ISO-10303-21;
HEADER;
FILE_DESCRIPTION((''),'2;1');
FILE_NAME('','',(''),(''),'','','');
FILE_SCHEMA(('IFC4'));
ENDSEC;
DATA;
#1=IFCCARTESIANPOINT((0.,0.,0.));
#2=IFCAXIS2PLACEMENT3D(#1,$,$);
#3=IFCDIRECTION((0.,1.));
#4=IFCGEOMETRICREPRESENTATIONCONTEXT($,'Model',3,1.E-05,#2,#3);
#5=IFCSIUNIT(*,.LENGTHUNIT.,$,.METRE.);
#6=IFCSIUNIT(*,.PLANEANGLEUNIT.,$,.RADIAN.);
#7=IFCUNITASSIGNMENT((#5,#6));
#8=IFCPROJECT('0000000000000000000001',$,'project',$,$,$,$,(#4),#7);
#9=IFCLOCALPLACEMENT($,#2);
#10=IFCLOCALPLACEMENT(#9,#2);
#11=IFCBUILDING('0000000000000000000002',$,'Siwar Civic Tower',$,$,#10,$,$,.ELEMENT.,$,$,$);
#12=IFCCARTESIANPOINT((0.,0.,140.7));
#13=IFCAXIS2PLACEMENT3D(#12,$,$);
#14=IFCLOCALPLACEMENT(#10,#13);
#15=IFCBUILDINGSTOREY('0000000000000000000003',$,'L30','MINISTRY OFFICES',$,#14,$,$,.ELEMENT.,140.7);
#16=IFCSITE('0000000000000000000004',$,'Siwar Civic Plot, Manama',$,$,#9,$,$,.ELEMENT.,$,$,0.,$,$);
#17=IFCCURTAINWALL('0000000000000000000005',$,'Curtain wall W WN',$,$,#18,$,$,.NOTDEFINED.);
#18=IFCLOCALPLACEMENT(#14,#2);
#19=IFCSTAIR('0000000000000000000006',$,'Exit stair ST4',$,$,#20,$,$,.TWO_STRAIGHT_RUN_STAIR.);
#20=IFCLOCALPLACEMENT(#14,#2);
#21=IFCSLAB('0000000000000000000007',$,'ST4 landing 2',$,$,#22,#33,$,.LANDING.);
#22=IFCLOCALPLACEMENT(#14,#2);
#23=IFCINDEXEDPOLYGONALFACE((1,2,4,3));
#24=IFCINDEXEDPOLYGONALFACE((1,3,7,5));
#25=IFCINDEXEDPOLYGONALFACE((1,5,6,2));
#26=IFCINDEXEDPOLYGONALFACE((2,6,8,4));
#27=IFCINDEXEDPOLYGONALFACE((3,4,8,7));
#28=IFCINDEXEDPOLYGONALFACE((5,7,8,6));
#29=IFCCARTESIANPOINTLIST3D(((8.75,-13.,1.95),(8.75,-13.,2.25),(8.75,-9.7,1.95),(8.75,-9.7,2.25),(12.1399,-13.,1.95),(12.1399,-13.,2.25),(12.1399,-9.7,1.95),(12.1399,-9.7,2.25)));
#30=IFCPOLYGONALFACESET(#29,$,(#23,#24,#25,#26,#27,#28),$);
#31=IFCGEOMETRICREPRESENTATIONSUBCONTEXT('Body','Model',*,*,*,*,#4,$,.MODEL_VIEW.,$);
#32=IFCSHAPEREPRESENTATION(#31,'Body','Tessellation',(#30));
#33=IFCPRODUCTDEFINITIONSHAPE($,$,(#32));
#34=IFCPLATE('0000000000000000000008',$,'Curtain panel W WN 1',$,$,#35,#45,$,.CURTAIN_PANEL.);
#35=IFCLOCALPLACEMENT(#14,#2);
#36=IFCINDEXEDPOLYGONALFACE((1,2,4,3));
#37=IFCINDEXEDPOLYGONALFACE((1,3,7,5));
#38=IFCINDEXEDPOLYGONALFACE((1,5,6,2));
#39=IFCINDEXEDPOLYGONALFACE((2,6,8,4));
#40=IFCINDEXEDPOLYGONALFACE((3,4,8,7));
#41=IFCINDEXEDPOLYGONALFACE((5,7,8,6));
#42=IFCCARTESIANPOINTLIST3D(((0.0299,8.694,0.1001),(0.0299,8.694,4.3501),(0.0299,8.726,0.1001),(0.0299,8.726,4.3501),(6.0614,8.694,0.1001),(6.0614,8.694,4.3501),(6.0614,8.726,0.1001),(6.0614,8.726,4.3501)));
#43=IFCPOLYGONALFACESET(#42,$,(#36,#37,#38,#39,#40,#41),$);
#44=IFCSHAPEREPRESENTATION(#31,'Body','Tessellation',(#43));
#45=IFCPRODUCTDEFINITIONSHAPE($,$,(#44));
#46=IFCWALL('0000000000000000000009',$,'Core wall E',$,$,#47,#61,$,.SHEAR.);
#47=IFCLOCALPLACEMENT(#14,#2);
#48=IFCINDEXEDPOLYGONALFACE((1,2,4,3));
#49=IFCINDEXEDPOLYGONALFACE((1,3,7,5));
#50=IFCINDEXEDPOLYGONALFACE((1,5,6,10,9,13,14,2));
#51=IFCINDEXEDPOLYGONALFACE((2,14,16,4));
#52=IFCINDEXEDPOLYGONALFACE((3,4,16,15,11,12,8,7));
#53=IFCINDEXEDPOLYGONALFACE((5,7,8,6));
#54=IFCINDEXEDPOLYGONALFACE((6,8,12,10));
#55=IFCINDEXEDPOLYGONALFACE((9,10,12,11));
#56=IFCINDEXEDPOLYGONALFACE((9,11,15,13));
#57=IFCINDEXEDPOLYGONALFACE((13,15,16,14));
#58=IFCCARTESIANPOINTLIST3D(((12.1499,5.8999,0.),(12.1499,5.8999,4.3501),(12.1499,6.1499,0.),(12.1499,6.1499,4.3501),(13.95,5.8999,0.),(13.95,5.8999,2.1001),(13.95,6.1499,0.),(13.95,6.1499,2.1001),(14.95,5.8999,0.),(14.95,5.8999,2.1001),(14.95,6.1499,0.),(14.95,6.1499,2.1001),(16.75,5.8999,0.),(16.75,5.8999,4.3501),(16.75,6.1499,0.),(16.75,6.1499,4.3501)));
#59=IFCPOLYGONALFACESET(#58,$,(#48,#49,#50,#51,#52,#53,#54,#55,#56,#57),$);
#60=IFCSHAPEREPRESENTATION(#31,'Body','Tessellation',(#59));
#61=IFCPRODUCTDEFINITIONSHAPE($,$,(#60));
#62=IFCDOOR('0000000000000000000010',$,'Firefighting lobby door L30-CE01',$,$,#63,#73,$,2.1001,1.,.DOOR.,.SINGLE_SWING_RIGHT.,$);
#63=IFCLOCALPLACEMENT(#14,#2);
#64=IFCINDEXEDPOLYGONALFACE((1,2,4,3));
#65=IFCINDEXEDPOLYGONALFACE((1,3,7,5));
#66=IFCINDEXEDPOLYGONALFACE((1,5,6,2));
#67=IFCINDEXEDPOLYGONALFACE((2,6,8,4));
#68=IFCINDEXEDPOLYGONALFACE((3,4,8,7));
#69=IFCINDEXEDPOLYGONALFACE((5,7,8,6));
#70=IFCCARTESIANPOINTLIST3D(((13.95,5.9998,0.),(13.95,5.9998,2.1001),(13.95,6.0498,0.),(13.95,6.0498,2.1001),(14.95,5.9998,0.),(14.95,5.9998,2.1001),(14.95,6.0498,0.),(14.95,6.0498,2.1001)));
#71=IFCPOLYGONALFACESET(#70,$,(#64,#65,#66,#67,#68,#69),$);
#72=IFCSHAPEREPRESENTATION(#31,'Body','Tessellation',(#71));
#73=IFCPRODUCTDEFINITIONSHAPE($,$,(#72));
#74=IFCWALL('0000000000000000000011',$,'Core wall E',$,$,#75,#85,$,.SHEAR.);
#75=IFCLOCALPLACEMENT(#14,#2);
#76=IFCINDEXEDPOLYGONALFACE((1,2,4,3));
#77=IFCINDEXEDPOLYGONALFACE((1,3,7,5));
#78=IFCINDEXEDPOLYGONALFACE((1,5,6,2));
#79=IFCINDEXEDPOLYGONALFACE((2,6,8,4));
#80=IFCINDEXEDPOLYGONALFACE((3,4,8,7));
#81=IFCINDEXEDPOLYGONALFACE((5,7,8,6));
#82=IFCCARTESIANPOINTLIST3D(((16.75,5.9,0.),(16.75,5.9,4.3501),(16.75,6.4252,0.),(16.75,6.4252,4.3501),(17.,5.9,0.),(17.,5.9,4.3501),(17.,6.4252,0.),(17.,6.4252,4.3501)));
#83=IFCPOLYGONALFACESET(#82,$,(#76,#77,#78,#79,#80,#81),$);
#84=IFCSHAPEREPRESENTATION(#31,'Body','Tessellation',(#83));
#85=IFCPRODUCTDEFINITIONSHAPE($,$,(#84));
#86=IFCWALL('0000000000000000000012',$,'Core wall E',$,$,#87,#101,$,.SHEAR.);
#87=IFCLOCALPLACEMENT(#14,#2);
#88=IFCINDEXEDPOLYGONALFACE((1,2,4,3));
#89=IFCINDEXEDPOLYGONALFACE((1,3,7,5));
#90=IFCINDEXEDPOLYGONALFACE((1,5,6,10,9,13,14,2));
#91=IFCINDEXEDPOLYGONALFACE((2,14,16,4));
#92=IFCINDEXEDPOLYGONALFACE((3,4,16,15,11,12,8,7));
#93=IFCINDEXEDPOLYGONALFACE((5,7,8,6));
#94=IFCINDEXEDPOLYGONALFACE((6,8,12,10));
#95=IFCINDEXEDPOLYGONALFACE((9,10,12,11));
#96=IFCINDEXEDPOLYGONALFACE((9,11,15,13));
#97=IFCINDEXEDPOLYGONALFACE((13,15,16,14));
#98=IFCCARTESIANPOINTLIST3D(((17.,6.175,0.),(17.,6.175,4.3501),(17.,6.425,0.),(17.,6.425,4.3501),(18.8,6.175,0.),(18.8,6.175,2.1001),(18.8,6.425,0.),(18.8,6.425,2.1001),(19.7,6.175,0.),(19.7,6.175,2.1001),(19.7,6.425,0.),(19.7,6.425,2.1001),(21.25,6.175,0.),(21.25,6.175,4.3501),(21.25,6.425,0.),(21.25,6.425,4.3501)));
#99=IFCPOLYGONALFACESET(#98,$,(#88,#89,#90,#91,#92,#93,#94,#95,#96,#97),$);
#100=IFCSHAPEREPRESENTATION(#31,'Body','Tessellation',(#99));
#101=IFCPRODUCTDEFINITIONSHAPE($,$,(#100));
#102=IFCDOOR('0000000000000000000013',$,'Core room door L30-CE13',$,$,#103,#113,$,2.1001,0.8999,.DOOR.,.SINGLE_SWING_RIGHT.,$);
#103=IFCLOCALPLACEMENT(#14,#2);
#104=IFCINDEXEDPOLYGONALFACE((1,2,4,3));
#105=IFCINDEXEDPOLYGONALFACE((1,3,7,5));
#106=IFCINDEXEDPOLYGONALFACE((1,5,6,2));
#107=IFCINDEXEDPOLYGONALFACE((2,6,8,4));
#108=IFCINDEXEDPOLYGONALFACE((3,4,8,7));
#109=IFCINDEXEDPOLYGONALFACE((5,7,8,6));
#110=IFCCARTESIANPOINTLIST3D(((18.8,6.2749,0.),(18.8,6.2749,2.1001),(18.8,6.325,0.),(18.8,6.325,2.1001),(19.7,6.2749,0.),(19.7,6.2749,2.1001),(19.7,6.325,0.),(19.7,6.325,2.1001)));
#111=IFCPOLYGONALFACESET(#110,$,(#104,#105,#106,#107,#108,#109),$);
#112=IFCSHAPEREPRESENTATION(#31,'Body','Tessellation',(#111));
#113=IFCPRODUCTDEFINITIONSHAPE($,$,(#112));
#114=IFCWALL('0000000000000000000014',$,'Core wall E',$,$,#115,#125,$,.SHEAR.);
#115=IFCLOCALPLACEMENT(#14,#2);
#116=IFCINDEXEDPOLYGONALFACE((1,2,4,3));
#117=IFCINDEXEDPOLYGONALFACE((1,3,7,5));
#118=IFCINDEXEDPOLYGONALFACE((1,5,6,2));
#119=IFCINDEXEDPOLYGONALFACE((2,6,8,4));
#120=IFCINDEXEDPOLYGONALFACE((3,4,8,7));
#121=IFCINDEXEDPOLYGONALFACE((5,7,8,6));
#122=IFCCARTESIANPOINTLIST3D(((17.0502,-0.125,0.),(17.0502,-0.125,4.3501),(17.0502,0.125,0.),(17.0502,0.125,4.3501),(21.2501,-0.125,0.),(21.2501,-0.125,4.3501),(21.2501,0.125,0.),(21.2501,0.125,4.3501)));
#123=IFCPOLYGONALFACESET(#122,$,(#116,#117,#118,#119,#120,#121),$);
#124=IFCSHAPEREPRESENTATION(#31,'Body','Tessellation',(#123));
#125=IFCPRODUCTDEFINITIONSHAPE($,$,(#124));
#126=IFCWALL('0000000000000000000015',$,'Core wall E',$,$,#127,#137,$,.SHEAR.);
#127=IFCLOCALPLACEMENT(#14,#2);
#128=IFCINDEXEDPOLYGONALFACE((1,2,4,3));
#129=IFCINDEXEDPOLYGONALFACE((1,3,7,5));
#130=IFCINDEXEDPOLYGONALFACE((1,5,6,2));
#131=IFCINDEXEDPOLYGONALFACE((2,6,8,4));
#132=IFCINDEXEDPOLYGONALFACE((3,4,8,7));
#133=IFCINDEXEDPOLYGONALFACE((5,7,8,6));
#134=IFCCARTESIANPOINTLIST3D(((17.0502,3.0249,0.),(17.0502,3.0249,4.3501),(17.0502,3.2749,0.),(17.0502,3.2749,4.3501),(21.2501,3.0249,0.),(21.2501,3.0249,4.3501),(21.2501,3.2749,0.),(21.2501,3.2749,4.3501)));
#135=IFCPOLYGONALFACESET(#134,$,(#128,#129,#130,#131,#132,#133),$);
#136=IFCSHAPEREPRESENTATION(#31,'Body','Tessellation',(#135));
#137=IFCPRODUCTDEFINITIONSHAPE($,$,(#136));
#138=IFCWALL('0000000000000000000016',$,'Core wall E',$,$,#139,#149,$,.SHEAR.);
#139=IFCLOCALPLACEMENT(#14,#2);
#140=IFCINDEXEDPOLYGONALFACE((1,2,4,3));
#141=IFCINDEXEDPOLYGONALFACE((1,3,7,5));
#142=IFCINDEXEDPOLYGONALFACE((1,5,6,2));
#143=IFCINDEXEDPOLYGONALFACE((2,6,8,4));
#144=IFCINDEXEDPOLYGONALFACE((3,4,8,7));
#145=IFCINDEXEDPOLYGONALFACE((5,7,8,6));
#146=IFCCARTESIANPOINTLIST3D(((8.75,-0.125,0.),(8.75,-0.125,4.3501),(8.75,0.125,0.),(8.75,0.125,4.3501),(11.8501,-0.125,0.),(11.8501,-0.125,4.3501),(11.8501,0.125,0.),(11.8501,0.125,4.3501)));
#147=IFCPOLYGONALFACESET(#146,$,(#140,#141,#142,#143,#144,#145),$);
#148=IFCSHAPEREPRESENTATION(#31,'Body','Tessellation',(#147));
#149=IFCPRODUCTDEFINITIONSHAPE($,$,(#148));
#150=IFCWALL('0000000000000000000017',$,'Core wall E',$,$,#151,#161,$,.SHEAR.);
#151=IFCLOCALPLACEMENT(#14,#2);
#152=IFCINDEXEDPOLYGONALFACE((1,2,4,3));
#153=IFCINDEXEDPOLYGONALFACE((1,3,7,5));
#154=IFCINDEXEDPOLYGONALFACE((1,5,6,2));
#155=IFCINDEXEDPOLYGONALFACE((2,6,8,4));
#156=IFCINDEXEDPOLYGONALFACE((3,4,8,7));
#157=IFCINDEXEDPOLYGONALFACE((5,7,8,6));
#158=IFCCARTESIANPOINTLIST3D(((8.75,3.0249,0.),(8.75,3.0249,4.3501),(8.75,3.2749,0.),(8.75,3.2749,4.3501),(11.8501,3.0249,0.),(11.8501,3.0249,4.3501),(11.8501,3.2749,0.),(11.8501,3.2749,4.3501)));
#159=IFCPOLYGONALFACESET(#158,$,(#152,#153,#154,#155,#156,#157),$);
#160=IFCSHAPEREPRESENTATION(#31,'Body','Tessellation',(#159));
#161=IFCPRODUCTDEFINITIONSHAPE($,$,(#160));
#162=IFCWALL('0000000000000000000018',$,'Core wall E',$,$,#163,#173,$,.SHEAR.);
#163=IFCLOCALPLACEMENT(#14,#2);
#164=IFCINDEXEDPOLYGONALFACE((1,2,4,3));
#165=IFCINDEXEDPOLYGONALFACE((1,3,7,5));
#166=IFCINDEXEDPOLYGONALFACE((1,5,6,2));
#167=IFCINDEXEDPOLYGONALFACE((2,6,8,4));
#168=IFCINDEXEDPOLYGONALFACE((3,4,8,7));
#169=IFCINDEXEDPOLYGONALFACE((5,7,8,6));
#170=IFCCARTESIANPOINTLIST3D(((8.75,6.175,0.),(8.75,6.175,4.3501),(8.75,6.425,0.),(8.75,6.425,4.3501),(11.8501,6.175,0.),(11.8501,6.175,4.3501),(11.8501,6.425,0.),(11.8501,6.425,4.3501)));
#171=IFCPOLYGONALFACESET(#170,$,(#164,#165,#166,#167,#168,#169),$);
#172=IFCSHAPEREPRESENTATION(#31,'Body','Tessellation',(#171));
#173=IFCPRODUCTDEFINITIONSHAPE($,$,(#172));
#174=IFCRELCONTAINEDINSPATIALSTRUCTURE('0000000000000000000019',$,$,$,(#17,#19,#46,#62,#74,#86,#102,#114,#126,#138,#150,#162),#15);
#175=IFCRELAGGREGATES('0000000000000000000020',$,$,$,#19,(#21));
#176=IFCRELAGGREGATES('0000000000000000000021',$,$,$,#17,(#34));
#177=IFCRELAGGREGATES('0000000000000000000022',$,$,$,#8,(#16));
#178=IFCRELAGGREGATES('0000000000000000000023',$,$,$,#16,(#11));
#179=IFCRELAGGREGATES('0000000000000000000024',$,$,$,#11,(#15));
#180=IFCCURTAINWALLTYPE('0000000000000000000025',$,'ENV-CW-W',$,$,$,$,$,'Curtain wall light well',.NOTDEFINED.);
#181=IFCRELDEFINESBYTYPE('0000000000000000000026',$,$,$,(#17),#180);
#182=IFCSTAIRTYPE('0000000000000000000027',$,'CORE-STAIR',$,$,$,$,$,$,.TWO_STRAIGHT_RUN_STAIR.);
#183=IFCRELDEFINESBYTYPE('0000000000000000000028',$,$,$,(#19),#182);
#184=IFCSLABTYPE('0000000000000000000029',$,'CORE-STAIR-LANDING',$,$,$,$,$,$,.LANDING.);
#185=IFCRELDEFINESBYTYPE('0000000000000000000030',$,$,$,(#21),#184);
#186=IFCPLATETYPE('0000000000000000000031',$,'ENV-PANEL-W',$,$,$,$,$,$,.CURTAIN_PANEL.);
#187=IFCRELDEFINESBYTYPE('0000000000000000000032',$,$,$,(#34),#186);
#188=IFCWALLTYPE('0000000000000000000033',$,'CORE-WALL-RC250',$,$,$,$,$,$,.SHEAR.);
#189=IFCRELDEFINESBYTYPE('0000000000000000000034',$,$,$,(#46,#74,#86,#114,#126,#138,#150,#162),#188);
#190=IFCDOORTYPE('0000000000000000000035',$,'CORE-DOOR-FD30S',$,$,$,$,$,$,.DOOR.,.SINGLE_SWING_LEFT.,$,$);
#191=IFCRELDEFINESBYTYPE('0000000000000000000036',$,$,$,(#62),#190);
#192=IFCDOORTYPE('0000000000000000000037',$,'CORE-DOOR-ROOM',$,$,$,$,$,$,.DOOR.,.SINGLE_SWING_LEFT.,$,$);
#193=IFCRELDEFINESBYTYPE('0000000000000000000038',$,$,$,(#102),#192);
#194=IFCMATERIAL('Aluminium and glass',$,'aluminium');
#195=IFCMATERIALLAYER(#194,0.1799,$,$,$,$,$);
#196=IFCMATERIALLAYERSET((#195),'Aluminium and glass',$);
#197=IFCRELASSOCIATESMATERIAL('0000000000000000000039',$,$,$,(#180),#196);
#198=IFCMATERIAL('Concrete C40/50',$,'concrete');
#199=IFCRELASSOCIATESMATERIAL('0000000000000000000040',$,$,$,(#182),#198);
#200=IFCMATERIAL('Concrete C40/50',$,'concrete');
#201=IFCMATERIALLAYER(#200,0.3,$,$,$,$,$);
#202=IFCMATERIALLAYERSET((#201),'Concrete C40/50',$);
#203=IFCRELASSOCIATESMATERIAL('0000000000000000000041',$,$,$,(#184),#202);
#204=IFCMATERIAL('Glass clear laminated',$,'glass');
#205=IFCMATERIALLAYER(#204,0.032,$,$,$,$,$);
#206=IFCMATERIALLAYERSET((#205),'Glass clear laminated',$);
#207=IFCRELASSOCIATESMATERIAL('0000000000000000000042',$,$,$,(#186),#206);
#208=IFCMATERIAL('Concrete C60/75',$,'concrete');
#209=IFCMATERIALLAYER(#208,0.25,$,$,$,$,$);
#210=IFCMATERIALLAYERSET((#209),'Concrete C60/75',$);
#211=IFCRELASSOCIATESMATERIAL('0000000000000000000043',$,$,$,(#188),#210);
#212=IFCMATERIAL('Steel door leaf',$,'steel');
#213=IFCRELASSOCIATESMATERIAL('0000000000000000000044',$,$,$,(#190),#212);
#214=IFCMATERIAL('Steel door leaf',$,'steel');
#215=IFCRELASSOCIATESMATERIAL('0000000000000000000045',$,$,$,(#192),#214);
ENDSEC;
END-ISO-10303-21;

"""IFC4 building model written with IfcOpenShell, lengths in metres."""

from ifc_helpers import new_model, si_unit, direction, frame, frame_2d, origin, origin_2d, place, context, subcontext, project, spatial, polyline, rectangle, outline, extrude, material, layer, layer_set, type_object, element, fill, aggregate, save


model = new_model("IFC4")

# Units and contexts
model_context = context("Model", 3, precision=1e-05, world=origin(), true_north=direction((0.0, 1.0)))
body_context = subcontext(model_context, "Body", "Model", "MODEL_VIEW")
ifc_project = project(units=[si_unit("LENGTHUNIT", "METRE"), si_unit("PLANEANGLEUNIT", "RADIAN")], contexts=[model_context])

# Site, building, storey
site_placement = place(None, origin())
site = spatial("IfcSite", under=ifc_project, at=site_placement, Name="Siwar Civic Plot, Manama", CompositionType="ELEMENT", RefElevation=0.0)
building_placement = place(site_placement, origin())
building = spatial("IfcBuilding", under=site, at=building_placement, Name="Siwar Civic Tower", CompositionType="ELEMENT")
storey_placement = place(building_placement, frame((0.0, 0.0, 140.7)))
storey = spatial("IfcBuildingStorey", under=building, at=storey_placement, Name="L30", Description="MINISTRY OFFICES", CompositionType="ELEMENT", Elevation=140.7)

# Curtain wall
ifc_material_1 = material(Name="Aluminium and glass", Category="aluminium")
ifc_layer_1 = layer(ifc_material_1, 0.1799)
ifc_layer_set_1 = layer_set([ifc_layer_1], Name="Aluminium and glass")
curtain_wall_type = type_object("IfcCurtainWallType", Name="ENV-CW-W", ElementType="Curtain wall light well", PredefinedType="NOTDEFINED", material=ifc_layer_set_1)
curtain_wall_placement = place(storey_placement, origin())
curtain_wall = element("IfcCurtainWall", 1, at=curtain_wall_placement, inside=storey, type_object=curtain_wall_type, Name="Curtain wall W WN", PredefinedType="NOTDEFINED")

# Stair, slab
ifc_material_2 = material(Name="Concrete C40/50", Category="concrete")
stair_type = type_object("IfcStairType", Name="CORE-STAIR", PredefinedType="TWO_STRAIGHT_RUN_STAIR", material=ifc_material_2)
stair_placement = place(storey_placement, origin())
stair = element("IfcStair", 2, at=stair_placement, inside=storey, type_object=stair_type, Name="Exit stair ST4", PredefinedType="TWO_STRAIGHT_RUN_STAIR")
ifc_material_3 = material(Name="Concrete C40/50", Category="concrete")
ifc_layer_2 = layer(ifc_material_3, 0.3)
ifc_layer_set_2 = layer_set([ifc_layer_2], Name="Concrete C40/50")
slab_type = type_object("IfcSlabType", Name="CORE-STAIR-LANDING", PredefinedType="LANDING", material=ifc_layer_set_2)
slab_1_placement = place(storey_placement, frame((0.0, 0.0, 1.95)))
slab_1 = element("IfcSlab", 3, at=slab_1_placement, type_object=slab_type, Name="ST4 landing 2", PredefinedType="LANDING", context=body_context, shape_type="SweptSolid", body=[
    extrude(outline(polyline([(8.75, -13.0), (12.1399, -13.0), (12.1399, -9.7), (8.75, -9.7), (8.75, -13.0)])), origin(), (0.0, 0.0, 1.0), 0.3),
])
aggregate(stair, [slab_1])

# Plate
ifc_material_4 = material(Name="Glass clear laminated", Category="glass")
ifc_layer_3 = layer(ifc_material_4, 0.032)
ifc_layer_set_3 = layer_set([ifc_layer_3], Name="Glass clear laminated")
plate_type = type_object("IfcPlateType", Name="ENV-PANEL-W", PredefinedType="CURTAIN_PANEL", material=ifc_layer_set_3)
plate_placement = place(storey_placement, frame((3.0457, 8.71, 0.1001), z_axis=(0.0, 0.0, 1.0), x_axis=(-1.0, 0.0, 0.0)))
plate = element("IfcPlate", 4, at=plate_placement, type_object=plate_type, Name="Curtain panel W WN 1", PredefinedType="CURTAIN_PANEL", context=body_context, shape_type="SweptSolid", body=[
    extrude(rectangle(XDim=6.0315, YDim=0.032, at=origin_2d()), origin(), (0.0, 0.0, 1.0), 4.25),
])
aggregate(curtain_wall, [plate])

# Wall, opening, door
ifc_material_5 = material(Name="Concrete C60/75", Category="concrete")
ifc_layer_4 = layer(ifc_material_5, 0.25)
ifc_layer_set_4 = layer_set([ifc_layer_4], Name="Concrete C60/75")
wall_type_1 = type_object("IfcWallType", Name="CORE-WALL-RC250", PredefinedType="SHEAR", material=ifc_layer_set_4)
wall_1_placement = place(storey_placement, frame((12.1499, 6.0249, 0.0), z_axis=(0.0, 0.0, 1.0), x_axis=(1.0, 0.0, 0.0)))
wall_1 = element("IfcWall", 5, at=wall_1_placement, inside=storey, type_object=wall_type_1, Name="Core wall E", PredefinedType="SHEAR", context=body_context, shape_type="SweptSolid", body=[
    extrude(rectangle(XDim=4.6001, YDim=0.25, at=frame_2d((2.3, 0.0))), origin(), (0.0, 0.0, 1.0), 4.3501),
])
opening_1_placement = place(wall_1_placement, frame((1.8, 0.0, 0.0)))
opening_1 = element("IfcOpeningElement", 6, at=opening_1_placement, cuts=wall_1, PredefinedType="OPENING", context=body_context, shape_type="SweptSolid", body=[
    extrude(rectangle(XDim=1.0, YDim=2.1001, at=frame_2d((0.5, 1.05))), frame((0.0, 0.135, 0.0), z_axis=(0.0, -1.0, 0.0), x_axis=(1.0, 0.0, 0.0)), (0.0, 0.0, 1.0), 0.27),
])
ifc_material_6 = material(Name="Steel door leaf", Category="steel")
door_type_1 = type_object("IfcDoorType", Name="CORE-DOOR-FD30S", OperationType="SINGLE_SWING_LEFT", PredefinedType="DOOR", material=ifc_material_6)
door_1_placement = place(opening_1_placement, origin())
door_1 = element("IfcDoor", 7, at=door_1_placement, inside=storey, type_object=door_type_1, Name="Firefighting lobby door L30-CE01", OperationType="SINGLE_SWING_RIGHT", OverallHeight=2.1001, OverallWidth=1.0, PredefinedType="DOOR", context=body_context, shape_type="SweptSolid", body=[
    extrude(rectangle(XDim=1.0, YDim=2.1001, at=frame_2d((0.5, 1.05))), frame((0.0, 0.0249, 0.0), z_axis=(0.0, -1.0, 0.0), x_axis=(1.0, 0.0, 0.0)), (0.0, 0.0, 1.0), 0.05),
])
fill(opening_1, door_1)

# Wall
wall_2_placement = place(storey_placement, frame((16.875, 5.8999, 0.0), z_axis=(0.0, 0.0, 1.0), x_axis=(0.0, 1.0, 0.0)))
element("IfcWall", 8, at=wall_2_placement, inside=storey, type_object=wall_type_1, Name="Core wall E", PredefinedType="SHEAR", context=body_context, shape_type="SweptSolid", body=[
    extrude(rectangle(XDim=0.5251, YDim=0.25, at=frame_2d((0.2627, 0.0))), origin(), (0.0, 0.0, 1.0), 4.3501),
])

# Wall, opening, door
wall_3_placement = place(storey_placement, frame((17.0, 6.3, 0.0), z_axis=(0.0, 0.0, 1.0), x_axis=(1.0, 0.0, 0.0)))
wall_3 = element("IfcWall", 9, at=wall_3_placement, inside=storey, type_object=wall_type_1, Name="Core wall E", PredefinedType="SHEAR", context=body_context, shape_type="SweptSolid", body=[
    extrude(rectangle(XDim=4.25, YDim=0.25, at=frame_2d((2.125, 0.0))), origin(), (0.0, 0.0, 1.0), 4.3501),
])
opening_2_placement = place(wall_3_placement, frame((1.8, 0.0, 0.0)))
opening_2 = element("IfcOpeningElement", 10, at=opening_2_placement, cuts=wall_3, PredefinedType="OPENING", context=body_context, shape_type="SweptSolid", body=[
    extrude(rectangle(XDim=0.8999, YDim=2.1001, at=frame_2d((0.45, 1.05))), frame((0.0, 0.135, 0.0), z_axis=(0.0, -1.0, 0.0), x_axis=(1.0, 0.0, 0.0)), (0.0, 0.0, 1.0), 0.27),
])
ifc_material_7 = material(Name="Steel door leaf", Category="steel")
door_type_2 = type_object("IfcDoorType", Name="CORE-DOOR-ROOM", OperationType="SINGLE_SWING_LEFT", PredefinedType="DOOR", material=ifc_material_7)
door_2_placement = place(opening_2_placement, origin())
door_2 = element("IfcDoor", 11, at=door_2_placement, inside=storey, type_object=door_type_2, Name="Core room door L30-CE13", OperationType="SINGLE_SWING_RIGHT", OverallHeight=2.1001, OverallWidth=0.8999, PredefinedType="DOOR", context=body_context, shape_type="SweptSolid", body=[
    extrude(rectangle(XDim=0.8999, YDim=2.1001, at=frame_2d((0.45, 1.05))), frame((0.0, 0.0249, 0.0), z_axis=(0.0, -1.0, 0.0), x_axis=(1.0, 0.0, 0.0)), (0.0, 0.0, 1.0), 0.05),
])
fill(opening_2, door_2)

# Walls
for number, where, z_axis, x_axis, name in (
    (12, (17.05, 0.0, 0.0), (0.0, 0.0, 1.0), (1.0, 0.0, 0.0), "Core wall E"),
    (13, (17.05, 3.1499, 0.0), (0.0, 0.0, 1.0), (1.0, 0.0, 0.0), "Core wall E"),
):
    element("IfcWall", number, at=place(storey_placement, frame(where, z_axis=z_axis, x_axis=x_axis)), inside=storey, type_object=wall_type_1, Name=name, PredefinedType="SHEAR", context=body_context, shape_type="SweptSolid", body=[
        extrude(rectangle(XDim=4.2, YDim=0.25, at=frame_2d((2.1001, 0.0))), origin(), (0.0, 0.0, 1.0), 4.3501),
    ])
for number, where, z_axis, x_axis, name in (
    (14, (8.75, 0.0, 0.0), (0.0, 0.0, 1.0), (1.0, 0.0, 0.0), "Core wall E"),
    (15, (8.75, 3.1499, 0.0), (0.0, 0.0, 1.0), (1.0, 0.0, 0.0), "Core wall E"),
    (16, (8.75, 6.3, 0.0), (0.0, 0.0, 1.0), (1.0, 0.0, 0.0), "Core wall E"),
):
    element("IfcWall", number, at=place(storey_placement, frame(where, z_axis=z_axis, x_axis=x_axis)), inside=storey, type_object=wall_type_1, Name=name, PredefinedType="SHEAR", context=body_context, shape_type="SweptSolid", body=[
        extrude(rectangle(XDim=3.1001, YDim=0.25, at=frame_2d((1.55, 0.0))), origin(), (0.0, 0.0, 1.0), 4.3501),
    ])

save(model, "model.ifc")
